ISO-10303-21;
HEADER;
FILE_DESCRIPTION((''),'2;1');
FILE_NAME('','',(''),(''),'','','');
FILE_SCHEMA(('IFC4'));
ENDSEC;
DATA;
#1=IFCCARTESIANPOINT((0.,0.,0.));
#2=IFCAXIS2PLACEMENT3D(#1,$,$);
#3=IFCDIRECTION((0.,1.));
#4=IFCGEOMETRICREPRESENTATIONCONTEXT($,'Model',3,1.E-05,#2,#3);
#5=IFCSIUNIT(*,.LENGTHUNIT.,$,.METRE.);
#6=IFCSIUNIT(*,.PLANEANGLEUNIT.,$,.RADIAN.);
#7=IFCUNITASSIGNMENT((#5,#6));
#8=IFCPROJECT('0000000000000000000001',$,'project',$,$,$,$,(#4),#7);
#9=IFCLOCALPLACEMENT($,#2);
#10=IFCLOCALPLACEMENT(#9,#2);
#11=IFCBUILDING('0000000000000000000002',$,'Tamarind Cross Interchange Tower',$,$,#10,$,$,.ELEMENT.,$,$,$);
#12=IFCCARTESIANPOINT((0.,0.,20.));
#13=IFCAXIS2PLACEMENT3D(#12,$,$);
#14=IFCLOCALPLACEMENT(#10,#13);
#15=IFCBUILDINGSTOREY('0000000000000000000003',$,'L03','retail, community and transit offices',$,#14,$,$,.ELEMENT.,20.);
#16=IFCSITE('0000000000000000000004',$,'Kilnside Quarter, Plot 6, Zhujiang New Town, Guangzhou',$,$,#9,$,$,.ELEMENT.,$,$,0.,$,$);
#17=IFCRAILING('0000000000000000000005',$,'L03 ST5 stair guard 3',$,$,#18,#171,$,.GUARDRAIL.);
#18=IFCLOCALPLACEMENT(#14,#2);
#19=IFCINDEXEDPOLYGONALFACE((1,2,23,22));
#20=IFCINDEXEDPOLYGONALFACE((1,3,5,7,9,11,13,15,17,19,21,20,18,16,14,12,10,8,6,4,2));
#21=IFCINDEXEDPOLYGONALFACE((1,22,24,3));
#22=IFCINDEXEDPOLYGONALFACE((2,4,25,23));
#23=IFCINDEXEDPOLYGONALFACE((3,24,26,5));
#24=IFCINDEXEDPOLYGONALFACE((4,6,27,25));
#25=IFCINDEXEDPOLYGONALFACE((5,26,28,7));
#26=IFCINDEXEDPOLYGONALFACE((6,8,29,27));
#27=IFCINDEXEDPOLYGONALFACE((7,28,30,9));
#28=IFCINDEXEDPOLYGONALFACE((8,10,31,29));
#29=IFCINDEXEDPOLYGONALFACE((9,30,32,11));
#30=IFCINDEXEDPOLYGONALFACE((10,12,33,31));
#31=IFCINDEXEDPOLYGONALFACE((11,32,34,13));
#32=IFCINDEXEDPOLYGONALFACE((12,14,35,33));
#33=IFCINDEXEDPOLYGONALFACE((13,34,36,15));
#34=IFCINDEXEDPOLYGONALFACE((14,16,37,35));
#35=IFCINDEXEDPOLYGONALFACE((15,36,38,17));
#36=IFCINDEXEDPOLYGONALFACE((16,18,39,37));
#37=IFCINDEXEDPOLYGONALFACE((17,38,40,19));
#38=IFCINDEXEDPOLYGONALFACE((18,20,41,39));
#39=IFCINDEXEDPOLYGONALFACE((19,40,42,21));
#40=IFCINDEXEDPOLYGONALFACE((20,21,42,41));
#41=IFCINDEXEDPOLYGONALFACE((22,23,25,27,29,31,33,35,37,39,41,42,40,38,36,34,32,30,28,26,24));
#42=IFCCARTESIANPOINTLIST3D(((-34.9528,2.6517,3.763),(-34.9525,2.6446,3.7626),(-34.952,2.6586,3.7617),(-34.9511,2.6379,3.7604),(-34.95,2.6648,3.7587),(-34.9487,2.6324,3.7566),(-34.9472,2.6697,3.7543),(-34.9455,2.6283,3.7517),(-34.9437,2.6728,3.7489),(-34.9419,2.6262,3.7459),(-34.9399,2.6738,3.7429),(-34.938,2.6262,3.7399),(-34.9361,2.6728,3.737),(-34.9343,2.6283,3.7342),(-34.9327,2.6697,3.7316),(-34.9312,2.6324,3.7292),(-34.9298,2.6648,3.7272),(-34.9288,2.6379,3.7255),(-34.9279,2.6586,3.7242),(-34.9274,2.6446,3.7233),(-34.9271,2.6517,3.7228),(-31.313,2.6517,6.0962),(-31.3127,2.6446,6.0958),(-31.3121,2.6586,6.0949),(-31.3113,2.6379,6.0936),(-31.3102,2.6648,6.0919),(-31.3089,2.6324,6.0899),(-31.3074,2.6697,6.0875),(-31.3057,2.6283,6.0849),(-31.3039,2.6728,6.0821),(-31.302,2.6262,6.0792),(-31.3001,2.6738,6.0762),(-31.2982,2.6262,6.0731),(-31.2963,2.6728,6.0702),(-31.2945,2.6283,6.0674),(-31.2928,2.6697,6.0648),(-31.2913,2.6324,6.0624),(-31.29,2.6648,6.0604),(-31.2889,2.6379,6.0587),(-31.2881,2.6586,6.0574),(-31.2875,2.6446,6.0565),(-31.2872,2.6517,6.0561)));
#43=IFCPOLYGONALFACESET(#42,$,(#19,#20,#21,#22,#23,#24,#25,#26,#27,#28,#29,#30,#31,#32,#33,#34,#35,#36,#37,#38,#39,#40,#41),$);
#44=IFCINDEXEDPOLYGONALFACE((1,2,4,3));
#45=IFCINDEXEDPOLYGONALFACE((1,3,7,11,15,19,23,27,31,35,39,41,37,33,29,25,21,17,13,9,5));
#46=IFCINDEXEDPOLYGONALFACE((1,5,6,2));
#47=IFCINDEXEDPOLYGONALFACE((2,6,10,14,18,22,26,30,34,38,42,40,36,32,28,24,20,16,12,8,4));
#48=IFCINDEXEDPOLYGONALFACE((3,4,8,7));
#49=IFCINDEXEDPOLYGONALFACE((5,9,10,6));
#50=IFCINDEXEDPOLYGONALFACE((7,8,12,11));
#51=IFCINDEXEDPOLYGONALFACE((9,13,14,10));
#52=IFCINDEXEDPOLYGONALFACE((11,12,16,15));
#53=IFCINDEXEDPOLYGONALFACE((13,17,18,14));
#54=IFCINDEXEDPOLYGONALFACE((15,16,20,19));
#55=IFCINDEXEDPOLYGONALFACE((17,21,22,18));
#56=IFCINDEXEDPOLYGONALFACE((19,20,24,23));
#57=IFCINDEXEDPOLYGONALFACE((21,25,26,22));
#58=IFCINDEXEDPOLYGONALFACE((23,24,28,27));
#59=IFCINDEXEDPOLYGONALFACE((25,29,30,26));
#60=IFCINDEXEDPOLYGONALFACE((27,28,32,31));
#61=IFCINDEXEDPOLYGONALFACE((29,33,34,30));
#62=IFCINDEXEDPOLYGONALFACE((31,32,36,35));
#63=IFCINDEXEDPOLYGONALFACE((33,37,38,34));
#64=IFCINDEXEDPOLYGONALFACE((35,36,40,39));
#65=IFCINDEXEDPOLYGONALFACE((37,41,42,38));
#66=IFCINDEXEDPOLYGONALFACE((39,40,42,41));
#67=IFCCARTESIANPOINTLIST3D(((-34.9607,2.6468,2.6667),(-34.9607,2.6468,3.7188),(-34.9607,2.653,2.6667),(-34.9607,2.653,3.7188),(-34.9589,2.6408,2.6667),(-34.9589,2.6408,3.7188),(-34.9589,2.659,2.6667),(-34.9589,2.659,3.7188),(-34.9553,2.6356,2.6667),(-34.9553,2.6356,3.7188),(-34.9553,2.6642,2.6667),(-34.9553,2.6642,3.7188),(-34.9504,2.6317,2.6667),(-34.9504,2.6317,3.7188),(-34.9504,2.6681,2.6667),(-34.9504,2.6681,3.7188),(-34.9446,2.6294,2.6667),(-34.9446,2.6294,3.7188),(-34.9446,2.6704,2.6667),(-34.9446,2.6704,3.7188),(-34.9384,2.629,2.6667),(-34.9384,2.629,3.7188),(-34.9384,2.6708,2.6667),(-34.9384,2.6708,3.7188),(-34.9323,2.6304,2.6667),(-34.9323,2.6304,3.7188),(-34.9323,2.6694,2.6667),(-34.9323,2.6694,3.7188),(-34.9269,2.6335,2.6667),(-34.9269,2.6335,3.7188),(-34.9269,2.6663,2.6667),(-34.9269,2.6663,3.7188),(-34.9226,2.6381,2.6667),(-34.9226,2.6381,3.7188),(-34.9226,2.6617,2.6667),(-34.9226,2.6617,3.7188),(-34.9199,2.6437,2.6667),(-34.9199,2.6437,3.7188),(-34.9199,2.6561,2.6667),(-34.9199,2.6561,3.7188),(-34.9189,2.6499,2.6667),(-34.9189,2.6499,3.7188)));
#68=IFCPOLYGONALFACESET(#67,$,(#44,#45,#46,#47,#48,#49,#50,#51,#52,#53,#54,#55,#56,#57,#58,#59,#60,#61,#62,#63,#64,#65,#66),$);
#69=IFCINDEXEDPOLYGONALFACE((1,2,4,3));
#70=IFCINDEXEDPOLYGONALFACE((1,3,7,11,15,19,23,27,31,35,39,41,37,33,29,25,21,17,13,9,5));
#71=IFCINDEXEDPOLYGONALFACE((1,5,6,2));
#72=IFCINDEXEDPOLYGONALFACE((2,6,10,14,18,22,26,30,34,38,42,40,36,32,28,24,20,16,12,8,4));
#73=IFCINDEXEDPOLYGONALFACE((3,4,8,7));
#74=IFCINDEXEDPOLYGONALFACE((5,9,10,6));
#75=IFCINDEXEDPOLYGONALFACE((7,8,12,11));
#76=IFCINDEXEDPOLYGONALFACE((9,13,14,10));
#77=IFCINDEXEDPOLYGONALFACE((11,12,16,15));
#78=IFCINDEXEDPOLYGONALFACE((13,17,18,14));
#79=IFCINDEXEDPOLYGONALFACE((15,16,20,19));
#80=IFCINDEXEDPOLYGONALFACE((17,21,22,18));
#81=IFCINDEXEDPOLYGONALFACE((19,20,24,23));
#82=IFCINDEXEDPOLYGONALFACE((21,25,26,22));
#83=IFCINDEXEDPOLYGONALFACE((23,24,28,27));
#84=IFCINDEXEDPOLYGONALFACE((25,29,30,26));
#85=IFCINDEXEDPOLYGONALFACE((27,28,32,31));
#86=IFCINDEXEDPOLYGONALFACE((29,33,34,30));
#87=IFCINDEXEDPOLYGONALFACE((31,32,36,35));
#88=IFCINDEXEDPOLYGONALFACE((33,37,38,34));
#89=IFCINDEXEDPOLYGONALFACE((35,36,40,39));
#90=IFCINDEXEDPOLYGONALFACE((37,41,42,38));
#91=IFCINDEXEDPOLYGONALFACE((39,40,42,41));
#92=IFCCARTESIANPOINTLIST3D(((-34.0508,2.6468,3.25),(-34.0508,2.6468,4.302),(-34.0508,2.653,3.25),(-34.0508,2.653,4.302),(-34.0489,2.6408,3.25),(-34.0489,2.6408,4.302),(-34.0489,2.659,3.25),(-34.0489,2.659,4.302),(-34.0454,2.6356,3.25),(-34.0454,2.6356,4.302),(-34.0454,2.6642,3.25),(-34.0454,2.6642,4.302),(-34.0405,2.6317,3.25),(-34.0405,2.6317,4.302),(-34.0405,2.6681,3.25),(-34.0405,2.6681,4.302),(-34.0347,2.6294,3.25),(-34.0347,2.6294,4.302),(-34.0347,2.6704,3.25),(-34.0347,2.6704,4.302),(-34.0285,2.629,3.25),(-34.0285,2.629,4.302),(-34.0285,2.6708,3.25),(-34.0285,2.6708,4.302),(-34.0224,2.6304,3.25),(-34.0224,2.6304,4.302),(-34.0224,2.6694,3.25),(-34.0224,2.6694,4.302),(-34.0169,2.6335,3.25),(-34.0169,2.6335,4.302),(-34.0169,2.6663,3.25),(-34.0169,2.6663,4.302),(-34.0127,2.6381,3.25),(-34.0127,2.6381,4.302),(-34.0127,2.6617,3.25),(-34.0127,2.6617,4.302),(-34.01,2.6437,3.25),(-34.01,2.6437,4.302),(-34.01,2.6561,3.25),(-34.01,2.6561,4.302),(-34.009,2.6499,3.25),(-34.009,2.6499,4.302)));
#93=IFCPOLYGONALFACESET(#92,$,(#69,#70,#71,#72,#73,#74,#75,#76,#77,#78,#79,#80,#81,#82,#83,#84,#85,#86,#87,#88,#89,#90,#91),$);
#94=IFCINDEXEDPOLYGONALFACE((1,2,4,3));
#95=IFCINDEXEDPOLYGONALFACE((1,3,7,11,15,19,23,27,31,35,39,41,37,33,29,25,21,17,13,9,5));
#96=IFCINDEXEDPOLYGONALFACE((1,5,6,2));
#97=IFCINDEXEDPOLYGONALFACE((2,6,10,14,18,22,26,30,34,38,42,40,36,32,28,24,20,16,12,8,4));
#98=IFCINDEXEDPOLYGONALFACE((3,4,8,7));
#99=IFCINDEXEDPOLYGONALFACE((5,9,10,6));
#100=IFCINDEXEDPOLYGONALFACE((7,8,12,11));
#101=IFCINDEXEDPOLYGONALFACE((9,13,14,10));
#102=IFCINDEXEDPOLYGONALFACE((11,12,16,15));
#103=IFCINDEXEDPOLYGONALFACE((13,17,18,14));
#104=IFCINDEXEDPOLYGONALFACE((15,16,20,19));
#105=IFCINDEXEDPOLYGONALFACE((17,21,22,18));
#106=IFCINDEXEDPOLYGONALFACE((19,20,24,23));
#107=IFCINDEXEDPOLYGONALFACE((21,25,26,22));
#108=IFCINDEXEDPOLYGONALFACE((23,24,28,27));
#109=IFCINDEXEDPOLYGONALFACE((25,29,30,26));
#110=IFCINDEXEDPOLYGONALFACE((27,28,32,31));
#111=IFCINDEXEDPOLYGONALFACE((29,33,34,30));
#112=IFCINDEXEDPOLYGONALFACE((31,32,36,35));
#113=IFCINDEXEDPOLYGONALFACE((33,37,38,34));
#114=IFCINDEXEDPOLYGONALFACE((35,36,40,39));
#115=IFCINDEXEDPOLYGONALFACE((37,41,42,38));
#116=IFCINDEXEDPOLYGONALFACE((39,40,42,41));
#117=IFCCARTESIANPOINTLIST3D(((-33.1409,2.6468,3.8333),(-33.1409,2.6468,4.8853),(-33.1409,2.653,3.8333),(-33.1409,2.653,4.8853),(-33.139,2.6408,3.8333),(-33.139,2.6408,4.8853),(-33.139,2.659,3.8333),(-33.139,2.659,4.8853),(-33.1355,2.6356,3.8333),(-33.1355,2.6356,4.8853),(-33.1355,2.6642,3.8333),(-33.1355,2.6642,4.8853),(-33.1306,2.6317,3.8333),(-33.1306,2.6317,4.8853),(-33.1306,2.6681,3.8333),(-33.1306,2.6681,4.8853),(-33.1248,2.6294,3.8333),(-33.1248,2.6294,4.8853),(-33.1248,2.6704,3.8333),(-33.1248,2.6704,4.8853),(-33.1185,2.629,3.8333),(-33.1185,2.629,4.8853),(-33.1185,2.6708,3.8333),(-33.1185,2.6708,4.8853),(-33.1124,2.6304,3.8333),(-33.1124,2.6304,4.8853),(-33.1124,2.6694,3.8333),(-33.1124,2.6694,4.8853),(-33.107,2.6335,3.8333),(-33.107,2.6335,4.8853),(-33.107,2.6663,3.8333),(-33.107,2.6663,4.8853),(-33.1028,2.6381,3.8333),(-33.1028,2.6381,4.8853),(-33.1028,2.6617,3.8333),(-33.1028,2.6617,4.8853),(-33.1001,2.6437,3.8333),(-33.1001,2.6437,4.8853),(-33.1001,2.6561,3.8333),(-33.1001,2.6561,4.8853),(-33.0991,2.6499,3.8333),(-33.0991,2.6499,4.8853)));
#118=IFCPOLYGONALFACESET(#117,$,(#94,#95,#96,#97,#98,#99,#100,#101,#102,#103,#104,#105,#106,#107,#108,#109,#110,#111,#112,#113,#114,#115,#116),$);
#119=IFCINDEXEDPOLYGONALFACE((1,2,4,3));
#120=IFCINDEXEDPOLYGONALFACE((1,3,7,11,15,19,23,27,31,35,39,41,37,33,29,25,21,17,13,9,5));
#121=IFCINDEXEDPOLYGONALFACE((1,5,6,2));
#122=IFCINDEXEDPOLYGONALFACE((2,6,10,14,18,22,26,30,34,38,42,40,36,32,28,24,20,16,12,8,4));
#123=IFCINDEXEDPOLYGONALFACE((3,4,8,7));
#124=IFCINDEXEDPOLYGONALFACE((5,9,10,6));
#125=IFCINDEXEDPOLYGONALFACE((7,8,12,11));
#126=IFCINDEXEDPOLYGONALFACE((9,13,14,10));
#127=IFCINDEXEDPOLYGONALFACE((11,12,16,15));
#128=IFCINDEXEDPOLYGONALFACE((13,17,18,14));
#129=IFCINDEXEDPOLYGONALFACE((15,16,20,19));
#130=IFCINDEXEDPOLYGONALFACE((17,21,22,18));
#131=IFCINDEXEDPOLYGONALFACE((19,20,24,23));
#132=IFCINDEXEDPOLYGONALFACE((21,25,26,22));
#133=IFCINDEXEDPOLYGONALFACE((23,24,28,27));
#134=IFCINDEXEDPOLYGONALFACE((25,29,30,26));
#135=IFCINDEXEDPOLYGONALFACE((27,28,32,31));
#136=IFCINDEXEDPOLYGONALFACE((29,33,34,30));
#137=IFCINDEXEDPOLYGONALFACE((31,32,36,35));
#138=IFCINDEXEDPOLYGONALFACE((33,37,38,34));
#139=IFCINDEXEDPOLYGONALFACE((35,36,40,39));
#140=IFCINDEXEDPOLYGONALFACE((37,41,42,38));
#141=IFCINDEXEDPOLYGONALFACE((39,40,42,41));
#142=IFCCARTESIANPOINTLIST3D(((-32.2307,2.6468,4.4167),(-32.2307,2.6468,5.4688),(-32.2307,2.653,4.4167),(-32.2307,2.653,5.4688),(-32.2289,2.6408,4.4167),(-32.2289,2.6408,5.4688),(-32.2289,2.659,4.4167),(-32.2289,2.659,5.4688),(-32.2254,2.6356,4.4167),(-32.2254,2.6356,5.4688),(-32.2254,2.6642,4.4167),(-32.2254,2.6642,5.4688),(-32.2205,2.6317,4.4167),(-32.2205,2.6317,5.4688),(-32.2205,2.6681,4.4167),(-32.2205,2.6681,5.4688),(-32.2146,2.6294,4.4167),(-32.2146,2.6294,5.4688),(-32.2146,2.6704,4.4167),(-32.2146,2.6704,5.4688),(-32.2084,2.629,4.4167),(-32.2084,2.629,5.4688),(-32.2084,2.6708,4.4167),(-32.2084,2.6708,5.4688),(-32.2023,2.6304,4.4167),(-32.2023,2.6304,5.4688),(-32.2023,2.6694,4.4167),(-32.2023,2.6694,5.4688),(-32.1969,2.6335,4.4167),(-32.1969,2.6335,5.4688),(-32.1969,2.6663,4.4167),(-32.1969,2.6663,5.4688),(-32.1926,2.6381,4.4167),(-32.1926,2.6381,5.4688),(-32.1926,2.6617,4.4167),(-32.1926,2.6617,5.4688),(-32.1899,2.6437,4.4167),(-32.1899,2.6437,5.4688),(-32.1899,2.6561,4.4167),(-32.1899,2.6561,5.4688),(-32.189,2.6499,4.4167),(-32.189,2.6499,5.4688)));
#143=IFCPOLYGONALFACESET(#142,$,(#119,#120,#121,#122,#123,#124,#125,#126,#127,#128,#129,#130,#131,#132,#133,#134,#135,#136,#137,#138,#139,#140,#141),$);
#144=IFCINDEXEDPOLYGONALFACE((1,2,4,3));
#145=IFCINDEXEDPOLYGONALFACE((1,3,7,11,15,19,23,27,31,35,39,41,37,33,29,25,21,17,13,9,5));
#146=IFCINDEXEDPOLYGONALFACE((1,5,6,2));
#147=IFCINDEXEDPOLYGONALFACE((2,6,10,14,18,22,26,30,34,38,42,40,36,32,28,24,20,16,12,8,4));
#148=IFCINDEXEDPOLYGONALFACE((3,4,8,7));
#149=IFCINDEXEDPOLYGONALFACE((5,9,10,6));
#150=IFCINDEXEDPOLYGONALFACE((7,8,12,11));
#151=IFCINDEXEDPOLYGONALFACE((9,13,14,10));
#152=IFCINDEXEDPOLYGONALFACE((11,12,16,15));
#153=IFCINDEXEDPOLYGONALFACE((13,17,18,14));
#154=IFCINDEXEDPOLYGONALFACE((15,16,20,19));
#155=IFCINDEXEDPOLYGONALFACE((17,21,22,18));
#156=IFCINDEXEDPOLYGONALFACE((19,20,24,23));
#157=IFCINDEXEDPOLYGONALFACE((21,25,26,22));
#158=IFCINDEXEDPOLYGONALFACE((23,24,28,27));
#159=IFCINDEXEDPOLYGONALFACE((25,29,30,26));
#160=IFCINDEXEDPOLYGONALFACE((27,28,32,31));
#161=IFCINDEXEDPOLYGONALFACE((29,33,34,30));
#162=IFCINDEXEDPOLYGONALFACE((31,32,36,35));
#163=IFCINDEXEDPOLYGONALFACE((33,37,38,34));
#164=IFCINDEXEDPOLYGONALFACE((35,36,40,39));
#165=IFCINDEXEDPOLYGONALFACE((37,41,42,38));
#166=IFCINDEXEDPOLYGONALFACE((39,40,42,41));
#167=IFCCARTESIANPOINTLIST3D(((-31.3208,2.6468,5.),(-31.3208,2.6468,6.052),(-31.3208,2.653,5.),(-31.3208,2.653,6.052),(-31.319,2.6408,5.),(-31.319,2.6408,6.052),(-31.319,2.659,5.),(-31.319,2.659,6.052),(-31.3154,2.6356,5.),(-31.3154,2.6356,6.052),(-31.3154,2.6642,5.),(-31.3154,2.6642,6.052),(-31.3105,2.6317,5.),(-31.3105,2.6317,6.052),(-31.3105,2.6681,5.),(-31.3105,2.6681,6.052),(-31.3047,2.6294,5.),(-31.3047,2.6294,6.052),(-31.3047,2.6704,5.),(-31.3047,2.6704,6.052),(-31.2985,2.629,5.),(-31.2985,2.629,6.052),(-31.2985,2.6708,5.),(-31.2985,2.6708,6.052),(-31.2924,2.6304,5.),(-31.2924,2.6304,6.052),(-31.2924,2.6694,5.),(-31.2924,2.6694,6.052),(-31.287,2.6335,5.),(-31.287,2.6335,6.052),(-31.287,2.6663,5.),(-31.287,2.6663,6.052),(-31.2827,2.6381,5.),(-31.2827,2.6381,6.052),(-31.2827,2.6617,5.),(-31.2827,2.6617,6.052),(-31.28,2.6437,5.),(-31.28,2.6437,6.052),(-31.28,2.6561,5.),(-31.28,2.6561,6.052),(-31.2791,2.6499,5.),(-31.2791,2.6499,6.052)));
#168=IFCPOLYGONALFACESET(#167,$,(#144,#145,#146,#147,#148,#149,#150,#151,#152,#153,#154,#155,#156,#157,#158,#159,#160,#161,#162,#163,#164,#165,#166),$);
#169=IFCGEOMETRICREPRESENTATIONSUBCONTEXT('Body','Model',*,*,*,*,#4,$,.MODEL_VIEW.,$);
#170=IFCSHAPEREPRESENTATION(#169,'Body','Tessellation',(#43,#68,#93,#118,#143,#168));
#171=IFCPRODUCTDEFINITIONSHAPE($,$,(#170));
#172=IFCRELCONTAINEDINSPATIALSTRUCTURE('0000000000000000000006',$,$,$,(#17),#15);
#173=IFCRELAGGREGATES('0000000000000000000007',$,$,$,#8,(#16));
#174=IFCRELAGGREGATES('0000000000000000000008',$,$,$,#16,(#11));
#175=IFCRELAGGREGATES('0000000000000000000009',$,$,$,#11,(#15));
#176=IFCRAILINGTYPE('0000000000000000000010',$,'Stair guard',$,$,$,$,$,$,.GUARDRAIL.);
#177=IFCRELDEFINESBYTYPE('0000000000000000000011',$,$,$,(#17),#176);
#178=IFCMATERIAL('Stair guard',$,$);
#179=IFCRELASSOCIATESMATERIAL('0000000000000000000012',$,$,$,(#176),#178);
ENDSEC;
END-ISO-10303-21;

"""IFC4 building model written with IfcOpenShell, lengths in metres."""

from ifc_helpers import new_model, si_unit, direction, frame, origin, origin_2d, place, context, subcontext, project, spatial, circle, extrude, material, type_object, element, save


model = new_model("IFC4")

# Units and contexts
model_context = context("Model", 3, precision=1e-05, world=origin(), true_north=direction((0.0, 1.0)))
body_context = subcontext(model_context, "Body", "Model", "MODEL_VIEW")
ifc_project = project(units=[si_unit("LENGTHUNIT", "METRE"), si_unit("PLANEANGLEUNIT", "RADIAN")], contexts=[model_context])

# Site, building, storey
site_placement = place(None, origin())
site = spatial("IfcSite", under=ifc_project, at=site_placement, Name="Kilnside Quarter, Plot 6, Zhujiang New Town, Guangzhou", CompositionType="ELEMENT", RefElevation=0.0)
building_placement = place(site_placement, origin())
building = spatial("IfcBuilding", under=site, at=building_placement, Name="Tamarind Cross Interchange Tower", CompositionType="ELEMENT")
storey_placement = place(building_placement, frame((0.0, 0.0, 20.0)))
storey = spatial("IfcBuildingStorey", under=building, at=storey_placement, Name="L03", Description="retail, community and transit offices", CompositionType="ELEMENT", Elevation=20.0)

# Railing
ifc_material_1 = material(Name="Stair guard")
railing_type_1 = type_object("IfcRailingType", Name="Stair guard", PredefinedType="GUARDRAIL", material=ifc_material_1)
railing_1_placement = place(storey_placement, frame((-34.9399, 2.6499, 2.6667)))
element("IfcRailing", 1, at=railing_1_placement, inside=storey, type_object=railing_type_1, Name="L03 ST5 stair guard 3", PredefinedType="GUARDRAIL", context=body_context, shape_type="SweptSolid", body=[
    extrude(circle(Radius=0.0239, at=origin_2d()), frame((0.0, 0.0, 1.0762), z_axis=(0.84188, 0.0, 0.539664), x_axis=(0.0, 1.0, 0.0)), (0.0, 0.0, 1.0), 4.3235),
    extrude(circle(Radius=0.021, at=origin_2d()), origin(), (0.0, 0.0, 1.0), 1.052),
    extrude(circle(Radius=0.021, at=origin_2d()), frame((0.9099, 0.0, 0.5833)), (0.0, 0.0, 1.0), 1.052),
    extrude(circle(Radius=0.021, at=origin_2d()), frame((1.8198, 0.0, 1.1665)), (0.0, 0.0, 1.0), 1.052),
    extrude(circle(Radius=0.021, at=origin_2d()), frame((2.73, 0.0, 1.75)), (0.0, 0.0, 1.0), 1.052),
    extrude(circle(Radius=0.021, at=origin_2d()), frame((3.6399, 0.0, 2.3333)), (0.0, 0.0, 1.0), 1.052),
])

save(model, "model.ifc")
